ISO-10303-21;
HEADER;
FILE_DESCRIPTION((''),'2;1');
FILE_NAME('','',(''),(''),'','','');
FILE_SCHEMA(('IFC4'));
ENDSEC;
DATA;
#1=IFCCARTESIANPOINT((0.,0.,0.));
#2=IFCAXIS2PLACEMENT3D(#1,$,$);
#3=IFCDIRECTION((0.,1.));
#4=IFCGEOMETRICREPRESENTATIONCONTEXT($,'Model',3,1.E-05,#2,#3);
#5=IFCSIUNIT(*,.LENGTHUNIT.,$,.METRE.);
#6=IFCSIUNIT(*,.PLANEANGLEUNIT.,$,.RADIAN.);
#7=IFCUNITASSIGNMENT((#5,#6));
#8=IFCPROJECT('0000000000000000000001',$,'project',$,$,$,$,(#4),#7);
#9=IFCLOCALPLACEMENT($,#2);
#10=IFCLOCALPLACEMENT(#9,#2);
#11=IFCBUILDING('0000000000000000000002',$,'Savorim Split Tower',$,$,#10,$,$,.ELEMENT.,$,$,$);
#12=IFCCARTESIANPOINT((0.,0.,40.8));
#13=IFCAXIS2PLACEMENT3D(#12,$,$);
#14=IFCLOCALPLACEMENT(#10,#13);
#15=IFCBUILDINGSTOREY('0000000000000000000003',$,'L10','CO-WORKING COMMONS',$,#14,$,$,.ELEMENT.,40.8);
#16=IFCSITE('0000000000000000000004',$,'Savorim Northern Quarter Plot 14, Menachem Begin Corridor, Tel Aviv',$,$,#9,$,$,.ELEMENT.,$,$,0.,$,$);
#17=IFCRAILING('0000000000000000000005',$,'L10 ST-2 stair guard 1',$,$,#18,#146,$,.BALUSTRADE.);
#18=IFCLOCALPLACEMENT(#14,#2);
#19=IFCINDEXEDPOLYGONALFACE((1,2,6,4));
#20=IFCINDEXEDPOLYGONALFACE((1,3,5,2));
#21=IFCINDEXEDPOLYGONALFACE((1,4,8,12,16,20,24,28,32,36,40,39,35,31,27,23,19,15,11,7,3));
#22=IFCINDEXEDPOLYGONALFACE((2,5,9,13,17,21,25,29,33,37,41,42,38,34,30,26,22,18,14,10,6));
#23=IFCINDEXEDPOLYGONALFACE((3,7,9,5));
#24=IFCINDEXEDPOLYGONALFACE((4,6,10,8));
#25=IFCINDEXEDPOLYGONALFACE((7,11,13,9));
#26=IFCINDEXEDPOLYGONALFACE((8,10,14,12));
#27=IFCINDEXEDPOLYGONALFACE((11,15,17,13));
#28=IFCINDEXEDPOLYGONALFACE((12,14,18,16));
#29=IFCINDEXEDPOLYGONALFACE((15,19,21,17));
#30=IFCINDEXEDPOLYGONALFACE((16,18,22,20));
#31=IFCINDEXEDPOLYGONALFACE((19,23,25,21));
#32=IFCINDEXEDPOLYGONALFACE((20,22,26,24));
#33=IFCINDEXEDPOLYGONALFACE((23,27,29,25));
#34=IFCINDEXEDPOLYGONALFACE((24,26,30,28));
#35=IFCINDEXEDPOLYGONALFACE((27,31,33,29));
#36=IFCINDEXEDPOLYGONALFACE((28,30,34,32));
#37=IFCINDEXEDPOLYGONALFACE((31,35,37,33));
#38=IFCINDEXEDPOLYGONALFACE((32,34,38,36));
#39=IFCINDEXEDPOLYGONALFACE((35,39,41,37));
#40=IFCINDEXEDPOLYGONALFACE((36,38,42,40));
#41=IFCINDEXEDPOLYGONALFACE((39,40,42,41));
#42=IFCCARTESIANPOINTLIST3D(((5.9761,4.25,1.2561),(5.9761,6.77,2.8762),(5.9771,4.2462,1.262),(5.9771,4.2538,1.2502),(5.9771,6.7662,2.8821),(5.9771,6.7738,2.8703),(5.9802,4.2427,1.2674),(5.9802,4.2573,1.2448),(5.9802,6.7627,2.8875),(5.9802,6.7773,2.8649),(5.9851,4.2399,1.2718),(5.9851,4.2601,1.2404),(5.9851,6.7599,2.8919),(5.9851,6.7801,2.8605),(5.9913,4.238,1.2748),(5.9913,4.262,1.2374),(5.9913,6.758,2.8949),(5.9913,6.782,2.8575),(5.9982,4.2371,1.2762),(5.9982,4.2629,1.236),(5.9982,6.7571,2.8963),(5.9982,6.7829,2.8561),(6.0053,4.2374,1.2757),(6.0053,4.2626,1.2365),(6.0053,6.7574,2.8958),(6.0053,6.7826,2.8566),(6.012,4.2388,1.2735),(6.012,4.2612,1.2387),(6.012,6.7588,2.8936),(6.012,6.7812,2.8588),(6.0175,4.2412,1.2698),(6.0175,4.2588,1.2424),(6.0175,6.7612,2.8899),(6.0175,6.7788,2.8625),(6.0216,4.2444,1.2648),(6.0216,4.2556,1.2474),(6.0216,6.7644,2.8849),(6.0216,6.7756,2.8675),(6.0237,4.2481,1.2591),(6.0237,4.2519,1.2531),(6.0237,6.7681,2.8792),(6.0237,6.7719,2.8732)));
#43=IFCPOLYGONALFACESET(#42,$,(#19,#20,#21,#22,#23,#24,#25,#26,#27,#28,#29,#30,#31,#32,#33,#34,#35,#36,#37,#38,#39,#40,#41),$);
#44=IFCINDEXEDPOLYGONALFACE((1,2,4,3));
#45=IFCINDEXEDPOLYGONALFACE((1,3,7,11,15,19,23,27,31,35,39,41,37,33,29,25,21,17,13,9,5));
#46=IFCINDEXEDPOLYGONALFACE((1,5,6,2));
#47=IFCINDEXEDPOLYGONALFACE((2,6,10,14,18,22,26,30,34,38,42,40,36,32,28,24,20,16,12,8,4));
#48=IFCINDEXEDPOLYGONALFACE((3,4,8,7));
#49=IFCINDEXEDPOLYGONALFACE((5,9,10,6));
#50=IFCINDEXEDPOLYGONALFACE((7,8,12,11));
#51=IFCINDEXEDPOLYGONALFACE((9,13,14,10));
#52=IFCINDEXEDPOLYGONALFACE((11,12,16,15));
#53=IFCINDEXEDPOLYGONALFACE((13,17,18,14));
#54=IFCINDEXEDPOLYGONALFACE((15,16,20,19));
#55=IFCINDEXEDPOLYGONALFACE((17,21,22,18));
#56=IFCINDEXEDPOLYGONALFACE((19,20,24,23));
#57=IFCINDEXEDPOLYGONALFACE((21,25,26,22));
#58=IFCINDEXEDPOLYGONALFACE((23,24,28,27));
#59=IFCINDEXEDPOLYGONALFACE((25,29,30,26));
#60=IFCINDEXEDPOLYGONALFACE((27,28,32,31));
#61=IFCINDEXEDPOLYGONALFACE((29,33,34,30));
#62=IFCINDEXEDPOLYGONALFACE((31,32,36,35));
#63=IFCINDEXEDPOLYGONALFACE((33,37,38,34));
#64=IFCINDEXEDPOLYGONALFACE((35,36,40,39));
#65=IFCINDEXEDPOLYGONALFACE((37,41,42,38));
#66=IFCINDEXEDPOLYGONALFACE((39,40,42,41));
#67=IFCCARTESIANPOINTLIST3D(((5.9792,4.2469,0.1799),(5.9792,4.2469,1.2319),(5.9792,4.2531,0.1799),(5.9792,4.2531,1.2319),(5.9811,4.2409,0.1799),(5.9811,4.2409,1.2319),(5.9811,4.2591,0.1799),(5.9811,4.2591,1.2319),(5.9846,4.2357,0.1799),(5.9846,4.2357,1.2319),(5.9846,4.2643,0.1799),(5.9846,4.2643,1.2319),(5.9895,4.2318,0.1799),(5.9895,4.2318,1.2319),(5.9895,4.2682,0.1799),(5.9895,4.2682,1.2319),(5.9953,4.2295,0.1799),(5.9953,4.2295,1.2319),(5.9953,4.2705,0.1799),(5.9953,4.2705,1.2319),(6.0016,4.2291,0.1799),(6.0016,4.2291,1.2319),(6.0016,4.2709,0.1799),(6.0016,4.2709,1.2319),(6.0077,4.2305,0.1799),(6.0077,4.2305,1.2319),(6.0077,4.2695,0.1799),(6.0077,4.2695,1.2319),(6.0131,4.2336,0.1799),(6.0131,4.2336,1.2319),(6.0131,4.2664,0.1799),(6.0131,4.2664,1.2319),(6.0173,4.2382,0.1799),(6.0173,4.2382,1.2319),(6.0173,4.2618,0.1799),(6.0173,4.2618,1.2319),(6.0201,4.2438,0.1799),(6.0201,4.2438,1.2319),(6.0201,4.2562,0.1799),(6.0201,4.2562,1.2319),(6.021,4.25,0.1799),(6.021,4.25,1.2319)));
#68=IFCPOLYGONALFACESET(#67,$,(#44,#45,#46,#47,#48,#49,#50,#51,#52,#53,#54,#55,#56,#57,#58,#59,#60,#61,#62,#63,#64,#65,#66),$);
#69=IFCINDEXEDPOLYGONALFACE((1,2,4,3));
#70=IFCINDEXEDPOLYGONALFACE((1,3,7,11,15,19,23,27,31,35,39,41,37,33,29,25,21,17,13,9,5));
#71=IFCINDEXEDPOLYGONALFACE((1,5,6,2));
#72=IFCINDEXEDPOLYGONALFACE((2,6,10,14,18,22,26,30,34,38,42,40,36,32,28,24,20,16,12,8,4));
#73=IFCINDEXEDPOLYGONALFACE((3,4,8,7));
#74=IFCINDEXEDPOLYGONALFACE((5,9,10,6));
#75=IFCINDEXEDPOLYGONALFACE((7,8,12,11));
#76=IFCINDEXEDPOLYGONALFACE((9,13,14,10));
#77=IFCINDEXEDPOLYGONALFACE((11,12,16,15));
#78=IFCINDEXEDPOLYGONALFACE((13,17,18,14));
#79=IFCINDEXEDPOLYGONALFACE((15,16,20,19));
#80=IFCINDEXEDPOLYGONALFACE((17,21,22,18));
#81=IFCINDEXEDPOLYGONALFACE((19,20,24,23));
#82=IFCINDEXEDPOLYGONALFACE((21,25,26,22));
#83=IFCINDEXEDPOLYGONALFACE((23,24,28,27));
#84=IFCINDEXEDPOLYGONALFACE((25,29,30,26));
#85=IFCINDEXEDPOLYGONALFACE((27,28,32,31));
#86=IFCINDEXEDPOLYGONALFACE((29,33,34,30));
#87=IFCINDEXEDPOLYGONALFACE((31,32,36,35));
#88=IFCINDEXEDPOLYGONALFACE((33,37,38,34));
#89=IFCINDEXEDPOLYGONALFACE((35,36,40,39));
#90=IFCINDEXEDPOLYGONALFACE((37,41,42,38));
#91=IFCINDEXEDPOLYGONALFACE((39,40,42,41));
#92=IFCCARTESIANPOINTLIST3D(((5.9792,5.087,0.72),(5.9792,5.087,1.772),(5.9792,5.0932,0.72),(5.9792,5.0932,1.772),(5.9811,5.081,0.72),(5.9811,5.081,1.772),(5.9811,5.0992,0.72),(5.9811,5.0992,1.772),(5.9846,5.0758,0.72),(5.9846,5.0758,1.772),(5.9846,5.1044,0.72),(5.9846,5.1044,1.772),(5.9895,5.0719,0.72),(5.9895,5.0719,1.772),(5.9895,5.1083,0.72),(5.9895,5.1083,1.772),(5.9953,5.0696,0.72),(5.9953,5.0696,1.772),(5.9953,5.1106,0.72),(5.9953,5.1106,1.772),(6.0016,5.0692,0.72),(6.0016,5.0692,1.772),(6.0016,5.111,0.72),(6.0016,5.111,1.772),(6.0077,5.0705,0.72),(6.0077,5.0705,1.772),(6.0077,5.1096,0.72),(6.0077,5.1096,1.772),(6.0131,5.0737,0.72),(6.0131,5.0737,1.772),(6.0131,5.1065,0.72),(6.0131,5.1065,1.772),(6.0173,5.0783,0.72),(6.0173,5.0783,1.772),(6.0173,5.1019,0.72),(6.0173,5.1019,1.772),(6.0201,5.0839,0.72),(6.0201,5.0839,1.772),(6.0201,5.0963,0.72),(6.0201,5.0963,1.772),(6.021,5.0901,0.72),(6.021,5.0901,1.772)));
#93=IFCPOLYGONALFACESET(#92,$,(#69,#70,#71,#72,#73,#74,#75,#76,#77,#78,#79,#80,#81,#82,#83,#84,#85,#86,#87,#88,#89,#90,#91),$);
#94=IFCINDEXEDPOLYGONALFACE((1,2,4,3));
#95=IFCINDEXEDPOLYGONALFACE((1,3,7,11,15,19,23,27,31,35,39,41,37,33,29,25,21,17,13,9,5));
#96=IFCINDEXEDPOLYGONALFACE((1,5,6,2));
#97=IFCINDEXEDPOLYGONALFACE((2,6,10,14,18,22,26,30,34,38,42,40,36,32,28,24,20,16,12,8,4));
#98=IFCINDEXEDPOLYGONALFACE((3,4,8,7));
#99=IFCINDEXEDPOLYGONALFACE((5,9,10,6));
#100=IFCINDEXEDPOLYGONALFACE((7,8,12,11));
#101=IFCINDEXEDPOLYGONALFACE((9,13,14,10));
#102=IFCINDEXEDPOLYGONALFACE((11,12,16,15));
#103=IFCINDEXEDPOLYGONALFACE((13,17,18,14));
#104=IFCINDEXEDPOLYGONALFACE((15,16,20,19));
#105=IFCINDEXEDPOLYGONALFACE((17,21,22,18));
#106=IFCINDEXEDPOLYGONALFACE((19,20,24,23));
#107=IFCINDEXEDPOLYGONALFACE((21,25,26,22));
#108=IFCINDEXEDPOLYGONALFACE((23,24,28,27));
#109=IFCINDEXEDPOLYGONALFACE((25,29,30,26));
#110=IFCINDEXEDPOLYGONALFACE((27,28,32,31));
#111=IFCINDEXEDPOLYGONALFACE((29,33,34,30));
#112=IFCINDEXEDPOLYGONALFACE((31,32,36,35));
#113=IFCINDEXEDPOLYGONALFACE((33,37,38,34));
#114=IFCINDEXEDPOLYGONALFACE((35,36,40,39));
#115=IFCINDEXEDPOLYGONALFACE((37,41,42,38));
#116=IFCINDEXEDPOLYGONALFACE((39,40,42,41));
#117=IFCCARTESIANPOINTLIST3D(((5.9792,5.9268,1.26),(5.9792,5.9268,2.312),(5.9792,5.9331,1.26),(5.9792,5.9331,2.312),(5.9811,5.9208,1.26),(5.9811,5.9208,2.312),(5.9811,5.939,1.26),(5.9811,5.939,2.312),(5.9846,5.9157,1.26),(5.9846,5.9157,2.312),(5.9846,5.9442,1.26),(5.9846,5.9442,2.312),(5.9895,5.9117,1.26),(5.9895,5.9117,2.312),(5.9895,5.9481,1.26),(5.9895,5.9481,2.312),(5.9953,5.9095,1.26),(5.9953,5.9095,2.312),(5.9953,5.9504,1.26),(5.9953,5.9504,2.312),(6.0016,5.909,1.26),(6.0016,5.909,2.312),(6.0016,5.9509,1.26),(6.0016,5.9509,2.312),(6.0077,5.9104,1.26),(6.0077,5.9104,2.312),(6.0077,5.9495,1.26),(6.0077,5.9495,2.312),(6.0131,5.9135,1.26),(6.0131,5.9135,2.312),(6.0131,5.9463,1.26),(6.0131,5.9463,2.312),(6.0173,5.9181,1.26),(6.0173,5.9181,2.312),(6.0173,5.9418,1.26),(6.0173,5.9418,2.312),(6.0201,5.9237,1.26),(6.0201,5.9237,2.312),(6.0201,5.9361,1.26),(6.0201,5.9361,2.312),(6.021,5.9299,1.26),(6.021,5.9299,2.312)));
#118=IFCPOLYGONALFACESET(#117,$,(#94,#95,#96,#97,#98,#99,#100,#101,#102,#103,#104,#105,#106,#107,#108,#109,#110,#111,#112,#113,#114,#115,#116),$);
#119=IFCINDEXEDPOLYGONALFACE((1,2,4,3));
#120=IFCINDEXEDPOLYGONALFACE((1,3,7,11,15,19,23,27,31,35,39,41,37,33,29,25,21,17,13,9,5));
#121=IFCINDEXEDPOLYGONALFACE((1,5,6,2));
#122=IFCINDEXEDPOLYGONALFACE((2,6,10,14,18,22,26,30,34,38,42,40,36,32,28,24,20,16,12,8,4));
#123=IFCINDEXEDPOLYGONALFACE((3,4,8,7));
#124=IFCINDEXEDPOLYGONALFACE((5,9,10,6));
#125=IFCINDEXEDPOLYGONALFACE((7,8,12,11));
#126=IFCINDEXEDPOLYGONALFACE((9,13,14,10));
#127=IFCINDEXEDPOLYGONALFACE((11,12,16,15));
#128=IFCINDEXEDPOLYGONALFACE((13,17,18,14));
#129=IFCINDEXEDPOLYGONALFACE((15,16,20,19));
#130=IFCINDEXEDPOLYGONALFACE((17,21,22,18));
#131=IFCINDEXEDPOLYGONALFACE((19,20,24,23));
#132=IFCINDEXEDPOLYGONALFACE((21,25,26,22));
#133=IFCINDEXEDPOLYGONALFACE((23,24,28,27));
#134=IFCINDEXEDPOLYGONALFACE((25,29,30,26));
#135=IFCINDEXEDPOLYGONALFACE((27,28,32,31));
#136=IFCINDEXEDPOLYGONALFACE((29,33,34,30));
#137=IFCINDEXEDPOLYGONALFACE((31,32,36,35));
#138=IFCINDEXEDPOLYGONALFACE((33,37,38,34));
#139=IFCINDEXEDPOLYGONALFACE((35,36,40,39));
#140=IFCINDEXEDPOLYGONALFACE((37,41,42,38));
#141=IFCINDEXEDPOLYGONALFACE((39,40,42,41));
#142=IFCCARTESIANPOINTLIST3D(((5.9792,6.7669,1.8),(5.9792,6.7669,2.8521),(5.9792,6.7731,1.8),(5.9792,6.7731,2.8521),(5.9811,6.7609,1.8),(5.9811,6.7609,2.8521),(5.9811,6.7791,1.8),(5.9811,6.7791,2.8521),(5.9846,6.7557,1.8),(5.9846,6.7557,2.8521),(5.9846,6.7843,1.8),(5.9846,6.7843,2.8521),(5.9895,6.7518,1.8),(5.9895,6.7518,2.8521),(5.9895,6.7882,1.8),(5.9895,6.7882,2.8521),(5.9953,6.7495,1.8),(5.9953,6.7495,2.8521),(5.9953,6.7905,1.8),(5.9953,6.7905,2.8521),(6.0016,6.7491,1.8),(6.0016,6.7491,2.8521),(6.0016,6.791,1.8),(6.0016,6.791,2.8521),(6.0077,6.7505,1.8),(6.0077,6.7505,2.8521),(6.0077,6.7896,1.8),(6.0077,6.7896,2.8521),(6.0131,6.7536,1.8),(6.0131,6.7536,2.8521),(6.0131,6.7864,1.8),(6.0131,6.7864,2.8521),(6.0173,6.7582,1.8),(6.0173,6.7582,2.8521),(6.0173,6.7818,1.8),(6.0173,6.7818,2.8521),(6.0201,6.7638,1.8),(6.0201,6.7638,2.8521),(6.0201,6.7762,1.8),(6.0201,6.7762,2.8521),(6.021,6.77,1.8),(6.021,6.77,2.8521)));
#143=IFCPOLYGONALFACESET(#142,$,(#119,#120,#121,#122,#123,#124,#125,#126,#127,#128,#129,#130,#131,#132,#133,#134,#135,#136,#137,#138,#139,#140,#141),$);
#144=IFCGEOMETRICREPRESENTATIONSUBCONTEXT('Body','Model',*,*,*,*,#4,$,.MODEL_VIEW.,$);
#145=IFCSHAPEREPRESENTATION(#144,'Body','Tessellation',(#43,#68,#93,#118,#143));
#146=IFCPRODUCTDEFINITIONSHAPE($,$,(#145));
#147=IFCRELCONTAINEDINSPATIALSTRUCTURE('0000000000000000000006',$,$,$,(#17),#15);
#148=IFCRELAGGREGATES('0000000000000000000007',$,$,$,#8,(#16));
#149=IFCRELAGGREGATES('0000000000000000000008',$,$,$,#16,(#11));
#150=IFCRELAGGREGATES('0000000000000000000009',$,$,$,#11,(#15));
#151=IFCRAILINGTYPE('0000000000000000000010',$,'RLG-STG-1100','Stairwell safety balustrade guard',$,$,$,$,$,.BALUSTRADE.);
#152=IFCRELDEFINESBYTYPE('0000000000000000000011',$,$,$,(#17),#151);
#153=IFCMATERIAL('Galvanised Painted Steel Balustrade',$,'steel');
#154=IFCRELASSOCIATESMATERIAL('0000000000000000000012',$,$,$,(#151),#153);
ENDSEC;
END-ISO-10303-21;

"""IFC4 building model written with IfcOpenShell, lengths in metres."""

from ifc_helpers import new_model, si_unit, direction, frame, origin, origin_2d, place, context, subcontext, project, spatial, circle, extrude, material, type_object, element, save


model = new_model("IFC4")

# Units and contexts
model_context = context("Model", 3, precision=1e-05, world=origin(), true_north=direction((0.0, 1.0)))
body_context = subcontext(model_context, "Body", "Model", "MODEL_VIEW")
ifc_project = project(units=[si_unit("LENGTHUNIT", "METRE"), si_unit("PLANEANGLEUNIT", "RADIAN")], contexts=[model_context])

# Site, building, storey
site_placement = place(None, origin())
site = spatial("IfcSite", under=ifc_project, at=site_placement, Name="Savorim Northern Quarter Plot 14, Menachem Begin Corridor, Tel Aviv", CompositionType="ELEMENT", RefElevation=0.0)
building_placement = place(site_placement, origin())
building = spatial("IfcBuilding", under=site, at=building_placement, Name="Savorim Split Tower", CompositionType="ELEMENT")
storey_placement = place(building_placement, frame((0.0, 0.0, 40.8)))
storey = spatial("IfcBuildingStorey", under=building, at=storey_placement, Name="L10", Description="CO-WORKING COMMONS", CompositionType="ELEMENT", Elevation=40.8)

# Railing
ifc_material_1 = material(Name="Galvanised Painted Steel Balustrade", Category="steel")
railing_type_1 = type_object("IfcRailingType", Name="RLG-STG-1100", Description="Stairwell safety balustrade guard", PredefinedType="BALUSTRADE", material=ifc_material_1)
railing_1_placement = place(storey_placement, frame((6.0, 4.25, 0.1799)))
element("IfcRailing", 1, at=railing_1_placement, inside=storey, type_object=railing_type_1, Name="L10 ST-2 stair guard 1", PredefinedType="BALUSTRADE", context=body_context, shape_type="SweptSolid", body=[
    extrude(circle(Radius=0.0239, at=origin_2d()), frame((0.0, 0.0, 1.0762), z_axis=(0.0, 0.841163, 0.540782), x_axis=(-1.0, 0.0, 0.0)), (0.0, 0.0, 1.0), 2.9958),
    extrude(circle(Radius=0.021, at=origin_2d()), origin(), (0.0, 0.0, 1.0), 1.052),
    extrude(circle(Radius=0.021, at=origin_2d()), frame((0.0, 0.8401, 0.54)), (0.0, 0.0, 1.0), 1.052),
    extrude(circle(Radius=0.021, at=origin_2d()), frame((0.0, 1.6799, 1.0801)), (0.0, 0.0, 1.0), 1.052),
    extrude(circle(Radius=0.021, at=origin_2d()), frame((0.0, 2.52, 1.6201)), (0.0, 0.0, 1.0), 1.052),
])

save(model, "model.ifc")
